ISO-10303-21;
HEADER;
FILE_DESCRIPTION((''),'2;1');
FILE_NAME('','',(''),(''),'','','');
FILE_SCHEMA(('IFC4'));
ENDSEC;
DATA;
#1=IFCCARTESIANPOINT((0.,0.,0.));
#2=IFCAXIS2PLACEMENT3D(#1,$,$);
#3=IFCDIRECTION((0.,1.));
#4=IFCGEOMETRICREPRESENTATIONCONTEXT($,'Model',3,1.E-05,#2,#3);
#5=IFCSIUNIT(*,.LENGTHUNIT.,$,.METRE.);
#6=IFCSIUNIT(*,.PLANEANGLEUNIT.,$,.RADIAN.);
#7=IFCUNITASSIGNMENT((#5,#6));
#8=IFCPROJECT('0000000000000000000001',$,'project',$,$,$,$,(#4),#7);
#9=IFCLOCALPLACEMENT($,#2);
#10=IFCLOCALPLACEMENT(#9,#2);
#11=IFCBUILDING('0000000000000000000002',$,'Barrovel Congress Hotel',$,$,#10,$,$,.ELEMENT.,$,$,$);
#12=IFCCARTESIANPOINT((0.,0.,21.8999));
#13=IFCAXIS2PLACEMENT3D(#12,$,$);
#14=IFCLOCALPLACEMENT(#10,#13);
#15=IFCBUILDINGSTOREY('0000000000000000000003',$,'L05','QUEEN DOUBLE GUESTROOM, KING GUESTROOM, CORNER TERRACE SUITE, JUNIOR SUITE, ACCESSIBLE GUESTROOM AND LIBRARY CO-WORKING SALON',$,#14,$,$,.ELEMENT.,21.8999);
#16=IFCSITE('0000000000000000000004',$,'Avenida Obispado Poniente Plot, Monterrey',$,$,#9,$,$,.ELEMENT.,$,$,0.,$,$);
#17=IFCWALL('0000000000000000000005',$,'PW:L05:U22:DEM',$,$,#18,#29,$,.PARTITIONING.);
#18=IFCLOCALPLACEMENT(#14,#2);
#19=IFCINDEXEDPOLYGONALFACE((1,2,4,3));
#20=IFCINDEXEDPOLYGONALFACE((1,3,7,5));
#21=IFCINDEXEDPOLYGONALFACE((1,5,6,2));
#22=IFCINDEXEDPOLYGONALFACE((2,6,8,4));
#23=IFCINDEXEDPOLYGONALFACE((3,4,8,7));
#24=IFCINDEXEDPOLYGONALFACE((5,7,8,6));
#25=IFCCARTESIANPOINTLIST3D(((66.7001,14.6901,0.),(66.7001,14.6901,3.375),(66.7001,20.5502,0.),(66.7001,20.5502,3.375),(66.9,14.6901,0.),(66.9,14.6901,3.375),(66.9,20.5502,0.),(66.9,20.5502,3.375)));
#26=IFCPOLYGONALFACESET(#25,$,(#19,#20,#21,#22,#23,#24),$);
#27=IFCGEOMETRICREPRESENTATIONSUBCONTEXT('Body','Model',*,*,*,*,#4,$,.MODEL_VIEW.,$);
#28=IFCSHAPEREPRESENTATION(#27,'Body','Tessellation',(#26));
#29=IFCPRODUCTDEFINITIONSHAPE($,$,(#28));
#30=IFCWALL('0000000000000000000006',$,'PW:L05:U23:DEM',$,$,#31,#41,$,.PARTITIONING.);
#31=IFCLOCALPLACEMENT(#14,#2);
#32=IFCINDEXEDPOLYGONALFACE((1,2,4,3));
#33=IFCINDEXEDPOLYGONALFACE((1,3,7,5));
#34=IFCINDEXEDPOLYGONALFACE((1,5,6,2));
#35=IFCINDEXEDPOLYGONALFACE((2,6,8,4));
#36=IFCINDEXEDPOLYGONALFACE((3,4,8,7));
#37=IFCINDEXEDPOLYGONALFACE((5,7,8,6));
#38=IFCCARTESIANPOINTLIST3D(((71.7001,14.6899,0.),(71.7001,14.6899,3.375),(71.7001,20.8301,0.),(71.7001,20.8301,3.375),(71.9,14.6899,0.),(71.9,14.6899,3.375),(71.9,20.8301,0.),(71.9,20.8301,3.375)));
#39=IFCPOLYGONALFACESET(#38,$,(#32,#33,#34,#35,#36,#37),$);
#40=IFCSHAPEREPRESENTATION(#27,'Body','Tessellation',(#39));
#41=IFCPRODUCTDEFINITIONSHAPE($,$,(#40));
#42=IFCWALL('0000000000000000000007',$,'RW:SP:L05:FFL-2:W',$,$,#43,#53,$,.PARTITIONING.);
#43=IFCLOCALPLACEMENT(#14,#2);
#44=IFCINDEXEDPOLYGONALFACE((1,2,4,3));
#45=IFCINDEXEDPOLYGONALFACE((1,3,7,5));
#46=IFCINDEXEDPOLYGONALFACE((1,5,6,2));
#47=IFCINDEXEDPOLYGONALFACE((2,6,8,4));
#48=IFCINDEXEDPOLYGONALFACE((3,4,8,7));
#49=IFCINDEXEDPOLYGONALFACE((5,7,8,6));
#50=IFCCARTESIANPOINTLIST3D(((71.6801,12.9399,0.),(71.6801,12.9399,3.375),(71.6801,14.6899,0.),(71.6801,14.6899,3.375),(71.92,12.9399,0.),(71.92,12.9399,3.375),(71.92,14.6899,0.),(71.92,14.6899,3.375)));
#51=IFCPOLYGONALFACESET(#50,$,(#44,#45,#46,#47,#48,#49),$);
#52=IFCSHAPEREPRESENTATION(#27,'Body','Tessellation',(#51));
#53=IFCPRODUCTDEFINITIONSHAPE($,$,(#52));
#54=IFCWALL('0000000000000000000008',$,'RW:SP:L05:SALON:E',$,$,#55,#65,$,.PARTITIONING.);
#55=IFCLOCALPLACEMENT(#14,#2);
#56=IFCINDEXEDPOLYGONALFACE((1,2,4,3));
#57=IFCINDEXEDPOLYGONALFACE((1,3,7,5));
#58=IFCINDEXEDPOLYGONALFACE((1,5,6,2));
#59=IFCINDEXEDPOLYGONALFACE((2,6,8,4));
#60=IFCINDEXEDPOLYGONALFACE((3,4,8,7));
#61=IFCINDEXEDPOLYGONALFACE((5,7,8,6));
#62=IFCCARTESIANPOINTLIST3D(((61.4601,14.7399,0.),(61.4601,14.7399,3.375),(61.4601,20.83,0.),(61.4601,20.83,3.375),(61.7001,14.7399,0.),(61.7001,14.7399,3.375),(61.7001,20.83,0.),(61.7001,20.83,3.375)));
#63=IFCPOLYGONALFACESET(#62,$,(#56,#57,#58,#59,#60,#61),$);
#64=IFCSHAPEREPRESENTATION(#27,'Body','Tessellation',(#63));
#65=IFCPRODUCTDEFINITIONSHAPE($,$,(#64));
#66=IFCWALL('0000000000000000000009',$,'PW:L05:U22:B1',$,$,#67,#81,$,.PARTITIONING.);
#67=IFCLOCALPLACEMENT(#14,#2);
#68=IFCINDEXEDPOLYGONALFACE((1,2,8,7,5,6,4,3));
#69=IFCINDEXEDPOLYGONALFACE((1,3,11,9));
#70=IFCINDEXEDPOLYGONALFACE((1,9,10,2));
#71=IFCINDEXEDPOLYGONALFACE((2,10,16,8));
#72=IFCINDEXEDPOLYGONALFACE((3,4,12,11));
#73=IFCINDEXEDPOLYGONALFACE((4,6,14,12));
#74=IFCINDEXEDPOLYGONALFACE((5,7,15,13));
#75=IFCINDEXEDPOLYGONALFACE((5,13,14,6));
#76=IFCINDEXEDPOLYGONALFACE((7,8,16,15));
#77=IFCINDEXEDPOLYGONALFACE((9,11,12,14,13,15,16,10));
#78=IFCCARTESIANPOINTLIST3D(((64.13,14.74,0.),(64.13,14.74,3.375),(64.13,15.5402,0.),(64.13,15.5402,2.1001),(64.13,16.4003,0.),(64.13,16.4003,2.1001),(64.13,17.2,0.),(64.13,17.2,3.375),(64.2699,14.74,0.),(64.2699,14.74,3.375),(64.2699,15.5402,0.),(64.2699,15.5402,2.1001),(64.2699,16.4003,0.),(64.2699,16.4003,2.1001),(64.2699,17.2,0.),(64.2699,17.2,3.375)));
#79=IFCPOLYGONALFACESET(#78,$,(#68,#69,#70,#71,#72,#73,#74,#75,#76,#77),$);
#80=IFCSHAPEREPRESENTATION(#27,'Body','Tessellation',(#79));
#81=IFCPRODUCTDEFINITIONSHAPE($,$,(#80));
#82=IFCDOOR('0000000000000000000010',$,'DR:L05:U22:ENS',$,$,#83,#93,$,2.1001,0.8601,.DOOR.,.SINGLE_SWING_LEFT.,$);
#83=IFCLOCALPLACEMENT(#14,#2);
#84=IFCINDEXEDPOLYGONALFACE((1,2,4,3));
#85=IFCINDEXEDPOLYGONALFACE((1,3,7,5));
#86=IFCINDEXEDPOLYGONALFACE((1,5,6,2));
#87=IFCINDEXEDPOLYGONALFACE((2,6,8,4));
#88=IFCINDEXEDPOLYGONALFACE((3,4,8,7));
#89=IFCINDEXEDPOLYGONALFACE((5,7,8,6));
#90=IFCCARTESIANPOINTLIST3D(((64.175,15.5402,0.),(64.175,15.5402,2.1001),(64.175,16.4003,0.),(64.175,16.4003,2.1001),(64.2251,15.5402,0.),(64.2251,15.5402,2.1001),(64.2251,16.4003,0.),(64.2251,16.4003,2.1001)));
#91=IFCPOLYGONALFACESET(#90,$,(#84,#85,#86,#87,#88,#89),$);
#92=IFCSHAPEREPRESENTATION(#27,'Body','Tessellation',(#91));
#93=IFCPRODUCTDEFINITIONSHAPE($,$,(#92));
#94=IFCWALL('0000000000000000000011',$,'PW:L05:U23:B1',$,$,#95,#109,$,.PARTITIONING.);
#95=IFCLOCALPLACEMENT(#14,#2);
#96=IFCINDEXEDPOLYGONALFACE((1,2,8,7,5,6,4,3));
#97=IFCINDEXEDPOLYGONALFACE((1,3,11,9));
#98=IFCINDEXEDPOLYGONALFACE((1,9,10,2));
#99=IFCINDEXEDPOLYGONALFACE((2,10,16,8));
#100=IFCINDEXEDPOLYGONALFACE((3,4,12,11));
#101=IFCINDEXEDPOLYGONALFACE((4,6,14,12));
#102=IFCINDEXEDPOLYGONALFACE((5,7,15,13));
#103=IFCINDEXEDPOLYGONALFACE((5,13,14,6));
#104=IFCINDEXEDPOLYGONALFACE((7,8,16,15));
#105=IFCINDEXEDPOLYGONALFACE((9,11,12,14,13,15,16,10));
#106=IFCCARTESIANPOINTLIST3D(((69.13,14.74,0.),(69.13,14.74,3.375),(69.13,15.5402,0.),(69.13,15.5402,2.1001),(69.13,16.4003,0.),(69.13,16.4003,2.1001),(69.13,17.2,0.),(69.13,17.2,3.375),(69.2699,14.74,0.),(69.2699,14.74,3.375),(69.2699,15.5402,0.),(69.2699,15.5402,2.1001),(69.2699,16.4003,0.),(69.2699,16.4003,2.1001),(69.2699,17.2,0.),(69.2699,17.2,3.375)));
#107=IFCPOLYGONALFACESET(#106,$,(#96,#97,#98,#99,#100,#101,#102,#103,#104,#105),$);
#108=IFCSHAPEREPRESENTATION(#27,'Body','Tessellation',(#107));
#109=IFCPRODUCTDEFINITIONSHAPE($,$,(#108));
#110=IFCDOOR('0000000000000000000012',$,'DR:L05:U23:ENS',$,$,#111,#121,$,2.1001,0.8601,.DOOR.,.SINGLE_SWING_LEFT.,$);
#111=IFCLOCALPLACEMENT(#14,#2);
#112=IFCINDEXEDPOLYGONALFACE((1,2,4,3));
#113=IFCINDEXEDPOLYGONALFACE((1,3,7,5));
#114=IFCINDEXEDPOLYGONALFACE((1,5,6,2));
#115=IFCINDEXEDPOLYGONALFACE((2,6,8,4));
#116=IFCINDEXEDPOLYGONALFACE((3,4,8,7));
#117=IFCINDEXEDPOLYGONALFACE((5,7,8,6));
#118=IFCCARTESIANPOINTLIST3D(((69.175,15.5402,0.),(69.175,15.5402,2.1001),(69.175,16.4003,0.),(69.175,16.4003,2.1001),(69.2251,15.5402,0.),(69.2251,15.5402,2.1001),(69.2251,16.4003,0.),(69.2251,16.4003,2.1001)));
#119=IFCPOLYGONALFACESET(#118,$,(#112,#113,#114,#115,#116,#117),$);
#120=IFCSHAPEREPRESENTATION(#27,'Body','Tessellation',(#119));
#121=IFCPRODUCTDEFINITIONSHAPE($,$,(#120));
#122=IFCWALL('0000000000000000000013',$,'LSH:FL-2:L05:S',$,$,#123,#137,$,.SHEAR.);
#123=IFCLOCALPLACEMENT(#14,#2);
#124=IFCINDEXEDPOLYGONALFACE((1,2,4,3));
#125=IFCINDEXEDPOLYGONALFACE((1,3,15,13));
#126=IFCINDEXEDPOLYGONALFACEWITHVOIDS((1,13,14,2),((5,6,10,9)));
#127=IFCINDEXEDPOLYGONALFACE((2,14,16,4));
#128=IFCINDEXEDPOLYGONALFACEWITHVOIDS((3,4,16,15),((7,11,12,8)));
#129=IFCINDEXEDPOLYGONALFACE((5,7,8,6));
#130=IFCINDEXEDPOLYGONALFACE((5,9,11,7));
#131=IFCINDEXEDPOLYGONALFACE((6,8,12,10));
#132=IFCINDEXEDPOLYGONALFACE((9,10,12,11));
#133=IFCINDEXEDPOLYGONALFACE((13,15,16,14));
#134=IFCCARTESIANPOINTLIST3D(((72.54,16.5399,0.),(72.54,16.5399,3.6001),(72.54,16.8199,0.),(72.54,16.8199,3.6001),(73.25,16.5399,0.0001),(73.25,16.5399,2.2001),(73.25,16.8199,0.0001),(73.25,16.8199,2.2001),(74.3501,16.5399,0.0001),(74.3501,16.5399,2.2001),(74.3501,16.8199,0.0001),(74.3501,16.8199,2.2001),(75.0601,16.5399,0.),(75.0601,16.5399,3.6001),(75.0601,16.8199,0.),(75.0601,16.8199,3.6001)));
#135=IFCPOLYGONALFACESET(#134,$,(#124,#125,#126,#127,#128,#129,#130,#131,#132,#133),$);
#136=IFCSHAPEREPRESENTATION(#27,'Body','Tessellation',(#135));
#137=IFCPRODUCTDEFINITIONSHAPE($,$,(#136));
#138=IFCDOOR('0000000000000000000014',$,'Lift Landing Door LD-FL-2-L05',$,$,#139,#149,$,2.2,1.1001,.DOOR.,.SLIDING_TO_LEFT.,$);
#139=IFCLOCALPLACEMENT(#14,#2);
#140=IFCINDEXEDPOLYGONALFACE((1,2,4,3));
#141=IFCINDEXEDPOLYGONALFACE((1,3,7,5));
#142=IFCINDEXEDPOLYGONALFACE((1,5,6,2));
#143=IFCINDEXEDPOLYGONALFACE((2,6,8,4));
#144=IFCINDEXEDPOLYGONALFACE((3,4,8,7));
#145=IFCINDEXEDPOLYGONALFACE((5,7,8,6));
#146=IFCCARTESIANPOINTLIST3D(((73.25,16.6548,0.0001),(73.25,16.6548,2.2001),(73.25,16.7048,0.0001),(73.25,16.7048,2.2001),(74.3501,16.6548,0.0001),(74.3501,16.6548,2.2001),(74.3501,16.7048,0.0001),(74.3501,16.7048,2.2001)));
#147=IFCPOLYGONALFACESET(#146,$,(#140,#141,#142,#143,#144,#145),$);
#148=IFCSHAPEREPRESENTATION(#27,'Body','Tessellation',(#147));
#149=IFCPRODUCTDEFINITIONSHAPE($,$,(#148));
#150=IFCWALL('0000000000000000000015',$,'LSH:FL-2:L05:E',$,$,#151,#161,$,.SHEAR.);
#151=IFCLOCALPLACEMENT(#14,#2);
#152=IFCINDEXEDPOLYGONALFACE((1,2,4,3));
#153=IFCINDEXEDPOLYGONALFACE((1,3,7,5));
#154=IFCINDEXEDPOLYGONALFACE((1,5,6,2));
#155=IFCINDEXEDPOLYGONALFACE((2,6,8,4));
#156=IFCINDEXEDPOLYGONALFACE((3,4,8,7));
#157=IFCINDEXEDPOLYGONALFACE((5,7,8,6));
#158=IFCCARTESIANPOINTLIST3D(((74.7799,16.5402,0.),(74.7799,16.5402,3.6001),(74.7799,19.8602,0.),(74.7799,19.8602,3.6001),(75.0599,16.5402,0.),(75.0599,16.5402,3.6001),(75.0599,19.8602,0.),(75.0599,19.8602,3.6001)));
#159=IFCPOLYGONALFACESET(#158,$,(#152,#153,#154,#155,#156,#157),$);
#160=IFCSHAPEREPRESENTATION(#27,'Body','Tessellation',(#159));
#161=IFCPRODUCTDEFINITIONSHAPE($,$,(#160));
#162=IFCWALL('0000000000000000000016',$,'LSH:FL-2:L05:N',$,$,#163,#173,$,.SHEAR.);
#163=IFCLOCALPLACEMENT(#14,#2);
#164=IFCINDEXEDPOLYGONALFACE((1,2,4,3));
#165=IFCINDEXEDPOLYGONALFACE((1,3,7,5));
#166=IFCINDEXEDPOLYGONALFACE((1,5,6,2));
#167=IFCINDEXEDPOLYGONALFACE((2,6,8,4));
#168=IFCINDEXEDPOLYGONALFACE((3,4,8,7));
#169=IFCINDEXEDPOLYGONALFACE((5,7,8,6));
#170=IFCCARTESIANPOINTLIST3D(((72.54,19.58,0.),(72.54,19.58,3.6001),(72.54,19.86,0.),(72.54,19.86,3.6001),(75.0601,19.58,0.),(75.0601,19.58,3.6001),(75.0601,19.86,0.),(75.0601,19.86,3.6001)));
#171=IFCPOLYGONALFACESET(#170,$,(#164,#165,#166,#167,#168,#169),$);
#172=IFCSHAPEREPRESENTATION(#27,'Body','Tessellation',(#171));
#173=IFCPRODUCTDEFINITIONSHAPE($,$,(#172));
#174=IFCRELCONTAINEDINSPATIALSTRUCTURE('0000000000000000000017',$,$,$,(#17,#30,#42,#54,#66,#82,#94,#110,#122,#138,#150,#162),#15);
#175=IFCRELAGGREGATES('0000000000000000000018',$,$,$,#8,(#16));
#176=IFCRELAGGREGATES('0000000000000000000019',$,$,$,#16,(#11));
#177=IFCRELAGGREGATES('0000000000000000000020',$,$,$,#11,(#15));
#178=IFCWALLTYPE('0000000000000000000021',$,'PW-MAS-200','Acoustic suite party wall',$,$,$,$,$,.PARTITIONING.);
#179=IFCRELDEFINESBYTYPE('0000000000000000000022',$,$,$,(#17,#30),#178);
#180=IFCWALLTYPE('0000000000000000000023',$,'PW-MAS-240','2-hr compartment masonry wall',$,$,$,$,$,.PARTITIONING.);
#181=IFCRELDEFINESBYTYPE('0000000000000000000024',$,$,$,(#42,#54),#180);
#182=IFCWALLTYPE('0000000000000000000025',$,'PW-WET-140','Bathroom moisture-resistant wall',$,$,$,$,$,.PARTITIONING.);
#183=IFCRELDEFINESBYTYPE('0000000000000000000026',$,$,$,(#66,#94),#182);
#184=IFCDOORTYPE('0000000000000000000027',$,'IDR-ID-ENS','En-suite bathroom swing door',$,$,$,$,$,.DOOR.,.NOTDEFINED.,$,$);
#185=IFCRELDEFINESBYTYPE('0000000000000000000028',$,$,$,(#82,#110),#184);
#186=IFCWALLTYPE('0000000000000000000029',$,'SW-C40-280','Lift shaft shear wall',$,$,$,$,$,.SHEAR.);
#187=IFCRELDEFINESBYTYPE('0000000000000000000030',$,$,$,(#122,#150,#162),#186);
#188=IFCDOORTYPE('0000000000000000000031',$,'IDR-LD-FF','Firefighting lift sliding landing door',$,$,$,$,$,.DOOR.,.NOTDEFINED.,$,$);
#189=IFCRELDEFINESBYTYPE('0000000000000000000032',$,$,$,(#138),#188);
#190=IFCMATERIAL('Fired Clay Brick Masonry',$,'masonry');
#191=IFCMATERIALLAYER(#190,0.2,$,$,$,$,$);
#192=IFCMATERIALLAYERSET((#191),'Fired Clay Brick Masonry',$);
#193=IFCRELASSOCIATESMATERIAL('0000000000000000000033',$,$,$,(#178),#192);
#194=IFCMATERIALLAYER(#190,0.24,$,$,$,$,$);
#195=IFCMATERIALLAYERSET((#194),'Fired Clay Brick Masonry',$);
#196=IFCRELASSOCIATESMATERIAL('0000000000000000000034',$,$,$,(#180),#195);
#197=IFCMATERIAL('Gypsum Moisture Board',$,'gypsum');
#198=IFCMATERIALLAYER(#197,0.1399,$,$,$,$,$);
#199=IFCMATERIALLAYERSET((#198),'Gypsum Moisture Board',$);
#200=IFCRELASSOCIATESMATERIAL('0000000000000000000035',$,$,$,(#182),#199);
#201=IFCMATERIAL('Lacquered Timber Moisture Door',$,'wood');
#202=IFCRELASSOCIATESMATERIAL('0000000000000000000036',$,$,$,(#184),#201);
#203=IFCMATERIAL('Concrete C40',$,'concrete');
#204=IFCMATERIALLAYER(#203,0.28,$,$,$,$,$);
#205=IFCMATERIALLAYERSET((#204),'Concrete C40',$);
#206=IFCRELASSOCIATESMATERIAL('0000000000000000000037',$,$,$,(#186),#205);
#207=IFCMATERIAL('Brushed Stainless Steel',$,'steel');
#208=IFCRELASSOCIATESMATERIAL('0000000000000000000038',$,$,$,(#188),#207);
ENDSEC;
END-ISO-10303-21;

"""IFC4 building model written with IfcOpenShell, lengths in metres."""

from ifc_helpers import new_model, si_unit, direction, frame, frame_2d, origin, place, context, subcontext, project, spatial, rectangle, extrude, material, layer, layer_set, type_object, element, fill, save


model = new_model("IFC4")

# Units and contexts
model_context = context("Model", 3, precision=1e-05, world=origin(), true_north=direction((0.0, 1.0)))
body_context = subcontext(model_context, "Body", "Model", "MODEL_VIEW")
ifc_project = project(units=[si_unit("LENGTHUNIT", "METRE"), si_unit("PLANEANGLEUNIT", "RADIAN")], contexts=[model_context])

# Site, building, storey
site_placement = place(None, origin())
site = spatial("IfcSite", under=ifc_project, at=site_placement, Name="Avenida Obispado Poniente Plot, Monterrey", CompositionType="ELEMENT", RefElevation=0.0)
building_placement = place(site_placement, origin())
building = spatial("IfcBuilding", under=site, at=building_placement, Name="Barrovel Congress Hotel", CompositionType="ELEMENT")
storey_placement = place(building_placement, frame((0.0, 0.0, 21.8999)))
storey = spatial("IfcBuildingStorey", under=building, at=storey_placement, Name="L05", Description="QUEEN DOUBLE GUESTROOM, KING GUESTROOM, CORNER TERRACE SUITE, JUNIOR SUITE, ACCESSIBLE GUESTROOM AND LIBRARY CO-WORKING SALON", CompositionType="ELEMENT", Elevation=21.8999)

# Shared definitions
ifc_material_1 = material(Name="Concrete C40", Category="concrete")

# Shared definitions
ifc_material_2 = material(Name="Fired Clay Brick Masonry", Category="masonry")

# Walls
ifc_layer_1 = layer(ifc_material_2, 0.2)
ifc_layer_set_1 = layer_set([ifc_layer_1], Name="Fired Clay Brick Masonry")
wall_type_1 = type_object("IfcWallType", Name="PW-MAS-200", Description="Acoustic suite party wall", PredefinedType="PARTITIONING", material=ifc_layer_set_1)
wall_1_placement = place(storey_placement, frame((66.8, 14.6899, 0.0), z_axis=(0.0, 0.0, 1.0), x_axis=(0.0, 1.0, 0.0)))
element("IfcWall", 1, at=wall_1_placement, inside=storey, type_object=wall_type_1, Name="PW:L05:U22:DEM", PredefinedType="PARTITIONING", context=body_context, shape_type="SweptSolid", body=[
    extrude(rectangle(XDim=5.8601, YDim=0.2, at=frame_2d((2.9302, 0.0))), origin(), (0.0, 0.0, 1.0), 3.375),
])
wall_2_placement = place(storey_placement, frame((71.8, 14.6899, 0.0), z_axis=(0.0, 0.0, 1.0), x_axis=(0.0, 1.0, 0.0)))
element("IfcWall", 2, at=wall_2_placement, inside=storey, type_object=wall_type_1, Name="PW:L05:U23:DEM", PredefinedType="PARTITIONING", context=body_context, shape_type="SweptSolid", body=[
    extrude(rectangle(XDim=6.1401, YDim=0.2, at=frame_2d((3.0701, 0.0))), origin(), (0.0, 0.0, 1.0), 3.375),
])
ifc_layer_2 = layer(ifc_material_2, 0.24)
ifc_layer_set_2 = layer_set([ifc_layer_2], Name="Fired Clay Brick Masonry")
wall_type_2 = type_object("IfcWallType", Name="PW-MAS-240", Description="2-hr compartment masonry wall", PredefinedType="PARTITIONING", material=ifc_layer_set_2)
wall_3_placement = place(storey_placement, frame((71.8, 12.9399, 0.0), z_axis=(0.0, 0.0, 1.0), x_axis=(0.0, 1.0, 0.0)))
element("IfcWall", 3, at=wall_3_placement, inside=storey, type_object=wall_type_2, Name="RW:SP:L05:FFL-2:W", PredefinedType="PARTITIONING", context=body_context, shape_type="SweptSolid", body=[
    extrude(rectangle(XDim=1.75, YDim=0.24, at=frame_2d((0.875, 0.0))), origin(), (0.0, 0.0, 1.0), 3.375),
])
wall_4_placement = place(storey_placement, frame((61.5801, 14.74, 0.0), z_axis=(0.0, 0.0, 1.0), x_axis=(0.0, 1.0, 0.0)))
element("IfcWall", 4, at=wall_4_placement, inside=storey, type_object=wall_type_2, Name="RW:SP:L05:SALON:E", PredefinedType="PARTITIONING", context=body_context, shape_type="SweptSolid", body=[
    extrude(rectangle(XDim=6.0901, YDim=0.24, at=frame_2d((3.0449, 0.0))), origin(), (0.0, 0.0, 1.0), 3.375),
])

# Walls, openings, doors
ifc_material_3 = material(Name="Gypsum Moisture Board", Category="gypsum")
ifc_layer_3 = layer(ifc_material_3, 0.1399)
ifc_layer_set_3 = layer_set([ifc_layer_3], Name="Gypsum Moisture Board")
wall_type_3 = type_object("IfcWallType", Name="PW-WET-140", Description="Bathroom moisture-resistant wall", PredefinedType="PARTITIONING", material=ifc_layer_set_3)
wall_5_placement = place(storey_placement, frame((64.2, 14.74, 0.0), z_axis=(0.0, 0.0, 1.0), x_axis=(0.0, 1.0, 0.0)))
wall_5 = element("IfcWall", 5, at=wall_5_placement, inside=storey, type_object=wall_type_3, Name="PW:L05:U22:B1", PredefinedType="PARTITIONING", context=body_context, shape_type="SweptSolid", body=[
    extrude(rectangle(XDim=2.46, YDim=0.1399, at=frame_2d((1.23, 0.0))), origin(), (0.0, 0.0, 1.0), 3.375),
])
opening_1_placement = place(wall_5_placement, frame((0.8, 0.0, 0.0)))
opening_1 = element("IfcOpeningElement", 6, at=opening_1_placement, cuts=wall_5, PredefinedType="OPENING", context=body_context, shape_type="SweptSolid", body=[
    extrude(rectangle(XDim=0.8601, YDim=2.1001, at=frame_2d((0.4302, 1.05))), frame((0.0, 0.0801, 0.0), z_axis=(0.0, -1.0, 0.0), x_axis=(1.0, 0.0, 0.0)), (0.0, 0.0, 1.0), 0.1599),
])
ifc_material_4 = material(Name="Lacquered Timber Moisture Door", Category="wood")
door_type_1 = type_object("IfcDoorType", Name="IDR-ID-ENS", Description="En-suite bathroom swing door", OperationType="NOTDEFINED", PredefinedType="DOOR", material=ifc_material_4)
door_1_placement = place(opening_1_placement, origin())
door_1 = element("IfcDoor", 7, at=door_1_placement, inside=storey, type_object=door_type_1, Name="DR:L05:U22:ENS", OperationType="SINGLE_SWING_LEFT", OverallHeight=2.1001, OverallWidth=0.8601, PredefinedType="DOOR", context=body_context, shape_type="SweptSolid", body=[
    extrude(rectangle(XDim=0.8601, YDim=2.1001, at=frame_2d((0.4302, 1.05))), frame((0.0, 0.0249, 0.0), z_axis=(0.0, -1.0, 0.0), x_axis=(1.0, 0.0, 0.0)), (0.0, 0.0, 1.0), 0.05),
])
fill(opening_1, door_1)
wall_6_placement = place(storey_placement, frame((69.2, 14.74, 0.0), z_axis=(0.0, 0.0, 1.0), x_axis=(0.0, 1.0, 0.0)))
wall_6 = element("IfcWall", 8, at=wall_6_placement, inside=storey, type_object=wall_type_3, Name="PW:L05:U23:B1", PredefinedType="PARTITIONING", context=body_context, shape_type="SweptSolid", body=[
    extrude(rectangle(XDim=2.46, YDim=0.1399, at=frame_2d((1.23, 0.0))), origin(), (0.0, 0.0, 1.0), 3.375),
])
opening_2_placement = place(wall_6_placement, frame((0.8, 0.0, 0.0)))
opening_2 = element("IfcOpeningElement", 9, at=opening_2_placement, cuts=wall_6, PredefinedType="OPENING", context=body_context, shape_type="SweptSolid", body=[
    extrude(rectangle(XDim=0.8601, YDim=2.1001, at=frame_2d((0.4302, 1.05))), frame((0.0, 0.0801, 0.0), z_axis=(0.0, -1.0, 0.0), x_axis=(1.0, 0.0, 0.0)), (0.0, 0.0, 1.0), 0.1599),
])
door_2_placement = place(opening_2_placement, origin())
door_2 = element("IfcDoor", 10, at=door_2_placement, inside=storey, type_object=door_type_1, Name="DR:L05:U23:ENS", OperationType="SINGLE_SWING_LEFT", OverallHeight=2.1001, OverallWidth=0.8601, PredefinedType="DOOR", context=body_context, shape_type="SweptSolid", body=[
    extrude(rectangle(XDim=0.8601, YDim=2.1001, at=frame_2d((0.4302, 1.05))), frame((0.0, 0.0249, 0.0), z_axis=(0.0, -1.0, 0.0), x_axis=(1.0, 0.0, 0.0)), (0.0, 0.0, 1.0), 0.05),
])
fill(opening_2, door_2)
ifc_layer_4 = layer(ifc_material_1, 0.28)
ifc_layer_set_4 = layer_set([ifc_layer_4], Name="Concrete C40")
wall_type_4 = type_object("IfcWallType", Name="SW-C40-280", Description="Lift shaft shear wall", PredefinedType="SHEAR", material=ifc_layer_set_4)
wall_7_placement = place(storey_placement, frame((72.54, 16.6799, 0.0), z_axis=(0.0, 0.0, 1.0), x_axis=(1.0, 0.0, 0.0)))
wall_7 = element("IfcWall", 11, at=wall_7_placement, inside=storey, type_object=wall_type_4, Name="LSH:FL-2:L05:S", PredefinedType="SHEAR", context=body_context, shape_type="SweptSolid", body=[
    extrude(rectangle(XDim=2.52, YDim=0.28, at=frame_2d((1.26, 0.0))), origin(), (0.0, 0.0, 1.0), 3.6001),
])
opening_3_placement = place(wall_7_placement, frame((0.71, 0.0, 0.0)))
opening_3 = element("IfcOpeningElement", 12, at=opening_3_placement, cuts=wall_7, PredefinedType="OPENING", context=body_context, shape_type="SweptSolid", body=[
    extrude(rectangle(XDim=1.1001, YDim=2.2, at=frame_2d((0.55, 1.1001))), frame((0.0, 0.1499, 0.0), z_axis=(0.0, -1.0, 0.0), x_axis=(1.0, 0.0, 0.0)), (0.0, 0.0, 1.0), 0.3),
])
ifc_material_5 = material(Name="Brushed Stainless Steel", Category="steel")
door_type_2 = type_object("IfcDoorType", Name="IDR-LD-FF", Description="Firefighting lift sliding landing door", OperationType="NOTDEFINED", PredefinedType="DOOR", material=ifc_material_5)
door_3_placement = place(opening_3_placement, origin())
door_3 = element("IfcDoor", 13, at=door_3_placement, inside=storey, type_object=door_type_2, Name="Lift Landing Door LD-FL-2-L05", OperationType="SLIDING_TO_LEFT", OverallHeight=2.2, OverallWidth=1.1001, PredefinedType="DOOR", context=body_context, shape_type="SweptSolid", body=[
    extrude(rectangle(XDim=1.1001, YDim=2.2, at=frame_2d((0.55, 1.1001))), frame((0.0, 0.0249, 0.0), z_axis=(0.0, -1.0, 0.0), x_axis=(1.0, 0.0, 0.0)), (0.0, 0.0, 1.0), 0.05),
])
fill(opening_3, door_3)

# Walls
wall_8_placement = place(storey_placement, frame((74.9199, 16.54, 0.0), z_axis=(0.0, 0.0, 1.0), x_axis=(0.0, 1.0, 0.0)))
element("IfcWall", 14, at=wall_8_placement, inside=storey, type_object=wall_type_4, Name="LSH:FL-2:L05:E", PredefinedType="SHEAR", context=body_context, shape_type="SweptSolid", body=[
    extrude(rectangle(XDim=3.3201, YDim=0.28, at=frame_2d((1.6602, 0.0))), origin(), (0.0, 0.0, 1.0), 3.6001),
])
wall_9_placement = place(storey_placement, frame((75.0601, 19.72, 0.0), z_axis=(0.0, 0.0, 1.0), x_axis=(-1.0, 0.0, 0.0)))
element("IfcWall", 15, at=wall_9_placement, inside=storey, type_object=wall_type_4, Name="LSH:FL-2:L05:N", PredefinedType="SHEAR", context=body_context, shape_type="SweptSolid", body=[
    extrude(rectangle(XDim=2.52, YDim=0.28, at=frame_2d((1.26, 0.0))), origin(), (0.0, 0.0, 1.0), 3.6001),
])

save(model, "model.ifc")
